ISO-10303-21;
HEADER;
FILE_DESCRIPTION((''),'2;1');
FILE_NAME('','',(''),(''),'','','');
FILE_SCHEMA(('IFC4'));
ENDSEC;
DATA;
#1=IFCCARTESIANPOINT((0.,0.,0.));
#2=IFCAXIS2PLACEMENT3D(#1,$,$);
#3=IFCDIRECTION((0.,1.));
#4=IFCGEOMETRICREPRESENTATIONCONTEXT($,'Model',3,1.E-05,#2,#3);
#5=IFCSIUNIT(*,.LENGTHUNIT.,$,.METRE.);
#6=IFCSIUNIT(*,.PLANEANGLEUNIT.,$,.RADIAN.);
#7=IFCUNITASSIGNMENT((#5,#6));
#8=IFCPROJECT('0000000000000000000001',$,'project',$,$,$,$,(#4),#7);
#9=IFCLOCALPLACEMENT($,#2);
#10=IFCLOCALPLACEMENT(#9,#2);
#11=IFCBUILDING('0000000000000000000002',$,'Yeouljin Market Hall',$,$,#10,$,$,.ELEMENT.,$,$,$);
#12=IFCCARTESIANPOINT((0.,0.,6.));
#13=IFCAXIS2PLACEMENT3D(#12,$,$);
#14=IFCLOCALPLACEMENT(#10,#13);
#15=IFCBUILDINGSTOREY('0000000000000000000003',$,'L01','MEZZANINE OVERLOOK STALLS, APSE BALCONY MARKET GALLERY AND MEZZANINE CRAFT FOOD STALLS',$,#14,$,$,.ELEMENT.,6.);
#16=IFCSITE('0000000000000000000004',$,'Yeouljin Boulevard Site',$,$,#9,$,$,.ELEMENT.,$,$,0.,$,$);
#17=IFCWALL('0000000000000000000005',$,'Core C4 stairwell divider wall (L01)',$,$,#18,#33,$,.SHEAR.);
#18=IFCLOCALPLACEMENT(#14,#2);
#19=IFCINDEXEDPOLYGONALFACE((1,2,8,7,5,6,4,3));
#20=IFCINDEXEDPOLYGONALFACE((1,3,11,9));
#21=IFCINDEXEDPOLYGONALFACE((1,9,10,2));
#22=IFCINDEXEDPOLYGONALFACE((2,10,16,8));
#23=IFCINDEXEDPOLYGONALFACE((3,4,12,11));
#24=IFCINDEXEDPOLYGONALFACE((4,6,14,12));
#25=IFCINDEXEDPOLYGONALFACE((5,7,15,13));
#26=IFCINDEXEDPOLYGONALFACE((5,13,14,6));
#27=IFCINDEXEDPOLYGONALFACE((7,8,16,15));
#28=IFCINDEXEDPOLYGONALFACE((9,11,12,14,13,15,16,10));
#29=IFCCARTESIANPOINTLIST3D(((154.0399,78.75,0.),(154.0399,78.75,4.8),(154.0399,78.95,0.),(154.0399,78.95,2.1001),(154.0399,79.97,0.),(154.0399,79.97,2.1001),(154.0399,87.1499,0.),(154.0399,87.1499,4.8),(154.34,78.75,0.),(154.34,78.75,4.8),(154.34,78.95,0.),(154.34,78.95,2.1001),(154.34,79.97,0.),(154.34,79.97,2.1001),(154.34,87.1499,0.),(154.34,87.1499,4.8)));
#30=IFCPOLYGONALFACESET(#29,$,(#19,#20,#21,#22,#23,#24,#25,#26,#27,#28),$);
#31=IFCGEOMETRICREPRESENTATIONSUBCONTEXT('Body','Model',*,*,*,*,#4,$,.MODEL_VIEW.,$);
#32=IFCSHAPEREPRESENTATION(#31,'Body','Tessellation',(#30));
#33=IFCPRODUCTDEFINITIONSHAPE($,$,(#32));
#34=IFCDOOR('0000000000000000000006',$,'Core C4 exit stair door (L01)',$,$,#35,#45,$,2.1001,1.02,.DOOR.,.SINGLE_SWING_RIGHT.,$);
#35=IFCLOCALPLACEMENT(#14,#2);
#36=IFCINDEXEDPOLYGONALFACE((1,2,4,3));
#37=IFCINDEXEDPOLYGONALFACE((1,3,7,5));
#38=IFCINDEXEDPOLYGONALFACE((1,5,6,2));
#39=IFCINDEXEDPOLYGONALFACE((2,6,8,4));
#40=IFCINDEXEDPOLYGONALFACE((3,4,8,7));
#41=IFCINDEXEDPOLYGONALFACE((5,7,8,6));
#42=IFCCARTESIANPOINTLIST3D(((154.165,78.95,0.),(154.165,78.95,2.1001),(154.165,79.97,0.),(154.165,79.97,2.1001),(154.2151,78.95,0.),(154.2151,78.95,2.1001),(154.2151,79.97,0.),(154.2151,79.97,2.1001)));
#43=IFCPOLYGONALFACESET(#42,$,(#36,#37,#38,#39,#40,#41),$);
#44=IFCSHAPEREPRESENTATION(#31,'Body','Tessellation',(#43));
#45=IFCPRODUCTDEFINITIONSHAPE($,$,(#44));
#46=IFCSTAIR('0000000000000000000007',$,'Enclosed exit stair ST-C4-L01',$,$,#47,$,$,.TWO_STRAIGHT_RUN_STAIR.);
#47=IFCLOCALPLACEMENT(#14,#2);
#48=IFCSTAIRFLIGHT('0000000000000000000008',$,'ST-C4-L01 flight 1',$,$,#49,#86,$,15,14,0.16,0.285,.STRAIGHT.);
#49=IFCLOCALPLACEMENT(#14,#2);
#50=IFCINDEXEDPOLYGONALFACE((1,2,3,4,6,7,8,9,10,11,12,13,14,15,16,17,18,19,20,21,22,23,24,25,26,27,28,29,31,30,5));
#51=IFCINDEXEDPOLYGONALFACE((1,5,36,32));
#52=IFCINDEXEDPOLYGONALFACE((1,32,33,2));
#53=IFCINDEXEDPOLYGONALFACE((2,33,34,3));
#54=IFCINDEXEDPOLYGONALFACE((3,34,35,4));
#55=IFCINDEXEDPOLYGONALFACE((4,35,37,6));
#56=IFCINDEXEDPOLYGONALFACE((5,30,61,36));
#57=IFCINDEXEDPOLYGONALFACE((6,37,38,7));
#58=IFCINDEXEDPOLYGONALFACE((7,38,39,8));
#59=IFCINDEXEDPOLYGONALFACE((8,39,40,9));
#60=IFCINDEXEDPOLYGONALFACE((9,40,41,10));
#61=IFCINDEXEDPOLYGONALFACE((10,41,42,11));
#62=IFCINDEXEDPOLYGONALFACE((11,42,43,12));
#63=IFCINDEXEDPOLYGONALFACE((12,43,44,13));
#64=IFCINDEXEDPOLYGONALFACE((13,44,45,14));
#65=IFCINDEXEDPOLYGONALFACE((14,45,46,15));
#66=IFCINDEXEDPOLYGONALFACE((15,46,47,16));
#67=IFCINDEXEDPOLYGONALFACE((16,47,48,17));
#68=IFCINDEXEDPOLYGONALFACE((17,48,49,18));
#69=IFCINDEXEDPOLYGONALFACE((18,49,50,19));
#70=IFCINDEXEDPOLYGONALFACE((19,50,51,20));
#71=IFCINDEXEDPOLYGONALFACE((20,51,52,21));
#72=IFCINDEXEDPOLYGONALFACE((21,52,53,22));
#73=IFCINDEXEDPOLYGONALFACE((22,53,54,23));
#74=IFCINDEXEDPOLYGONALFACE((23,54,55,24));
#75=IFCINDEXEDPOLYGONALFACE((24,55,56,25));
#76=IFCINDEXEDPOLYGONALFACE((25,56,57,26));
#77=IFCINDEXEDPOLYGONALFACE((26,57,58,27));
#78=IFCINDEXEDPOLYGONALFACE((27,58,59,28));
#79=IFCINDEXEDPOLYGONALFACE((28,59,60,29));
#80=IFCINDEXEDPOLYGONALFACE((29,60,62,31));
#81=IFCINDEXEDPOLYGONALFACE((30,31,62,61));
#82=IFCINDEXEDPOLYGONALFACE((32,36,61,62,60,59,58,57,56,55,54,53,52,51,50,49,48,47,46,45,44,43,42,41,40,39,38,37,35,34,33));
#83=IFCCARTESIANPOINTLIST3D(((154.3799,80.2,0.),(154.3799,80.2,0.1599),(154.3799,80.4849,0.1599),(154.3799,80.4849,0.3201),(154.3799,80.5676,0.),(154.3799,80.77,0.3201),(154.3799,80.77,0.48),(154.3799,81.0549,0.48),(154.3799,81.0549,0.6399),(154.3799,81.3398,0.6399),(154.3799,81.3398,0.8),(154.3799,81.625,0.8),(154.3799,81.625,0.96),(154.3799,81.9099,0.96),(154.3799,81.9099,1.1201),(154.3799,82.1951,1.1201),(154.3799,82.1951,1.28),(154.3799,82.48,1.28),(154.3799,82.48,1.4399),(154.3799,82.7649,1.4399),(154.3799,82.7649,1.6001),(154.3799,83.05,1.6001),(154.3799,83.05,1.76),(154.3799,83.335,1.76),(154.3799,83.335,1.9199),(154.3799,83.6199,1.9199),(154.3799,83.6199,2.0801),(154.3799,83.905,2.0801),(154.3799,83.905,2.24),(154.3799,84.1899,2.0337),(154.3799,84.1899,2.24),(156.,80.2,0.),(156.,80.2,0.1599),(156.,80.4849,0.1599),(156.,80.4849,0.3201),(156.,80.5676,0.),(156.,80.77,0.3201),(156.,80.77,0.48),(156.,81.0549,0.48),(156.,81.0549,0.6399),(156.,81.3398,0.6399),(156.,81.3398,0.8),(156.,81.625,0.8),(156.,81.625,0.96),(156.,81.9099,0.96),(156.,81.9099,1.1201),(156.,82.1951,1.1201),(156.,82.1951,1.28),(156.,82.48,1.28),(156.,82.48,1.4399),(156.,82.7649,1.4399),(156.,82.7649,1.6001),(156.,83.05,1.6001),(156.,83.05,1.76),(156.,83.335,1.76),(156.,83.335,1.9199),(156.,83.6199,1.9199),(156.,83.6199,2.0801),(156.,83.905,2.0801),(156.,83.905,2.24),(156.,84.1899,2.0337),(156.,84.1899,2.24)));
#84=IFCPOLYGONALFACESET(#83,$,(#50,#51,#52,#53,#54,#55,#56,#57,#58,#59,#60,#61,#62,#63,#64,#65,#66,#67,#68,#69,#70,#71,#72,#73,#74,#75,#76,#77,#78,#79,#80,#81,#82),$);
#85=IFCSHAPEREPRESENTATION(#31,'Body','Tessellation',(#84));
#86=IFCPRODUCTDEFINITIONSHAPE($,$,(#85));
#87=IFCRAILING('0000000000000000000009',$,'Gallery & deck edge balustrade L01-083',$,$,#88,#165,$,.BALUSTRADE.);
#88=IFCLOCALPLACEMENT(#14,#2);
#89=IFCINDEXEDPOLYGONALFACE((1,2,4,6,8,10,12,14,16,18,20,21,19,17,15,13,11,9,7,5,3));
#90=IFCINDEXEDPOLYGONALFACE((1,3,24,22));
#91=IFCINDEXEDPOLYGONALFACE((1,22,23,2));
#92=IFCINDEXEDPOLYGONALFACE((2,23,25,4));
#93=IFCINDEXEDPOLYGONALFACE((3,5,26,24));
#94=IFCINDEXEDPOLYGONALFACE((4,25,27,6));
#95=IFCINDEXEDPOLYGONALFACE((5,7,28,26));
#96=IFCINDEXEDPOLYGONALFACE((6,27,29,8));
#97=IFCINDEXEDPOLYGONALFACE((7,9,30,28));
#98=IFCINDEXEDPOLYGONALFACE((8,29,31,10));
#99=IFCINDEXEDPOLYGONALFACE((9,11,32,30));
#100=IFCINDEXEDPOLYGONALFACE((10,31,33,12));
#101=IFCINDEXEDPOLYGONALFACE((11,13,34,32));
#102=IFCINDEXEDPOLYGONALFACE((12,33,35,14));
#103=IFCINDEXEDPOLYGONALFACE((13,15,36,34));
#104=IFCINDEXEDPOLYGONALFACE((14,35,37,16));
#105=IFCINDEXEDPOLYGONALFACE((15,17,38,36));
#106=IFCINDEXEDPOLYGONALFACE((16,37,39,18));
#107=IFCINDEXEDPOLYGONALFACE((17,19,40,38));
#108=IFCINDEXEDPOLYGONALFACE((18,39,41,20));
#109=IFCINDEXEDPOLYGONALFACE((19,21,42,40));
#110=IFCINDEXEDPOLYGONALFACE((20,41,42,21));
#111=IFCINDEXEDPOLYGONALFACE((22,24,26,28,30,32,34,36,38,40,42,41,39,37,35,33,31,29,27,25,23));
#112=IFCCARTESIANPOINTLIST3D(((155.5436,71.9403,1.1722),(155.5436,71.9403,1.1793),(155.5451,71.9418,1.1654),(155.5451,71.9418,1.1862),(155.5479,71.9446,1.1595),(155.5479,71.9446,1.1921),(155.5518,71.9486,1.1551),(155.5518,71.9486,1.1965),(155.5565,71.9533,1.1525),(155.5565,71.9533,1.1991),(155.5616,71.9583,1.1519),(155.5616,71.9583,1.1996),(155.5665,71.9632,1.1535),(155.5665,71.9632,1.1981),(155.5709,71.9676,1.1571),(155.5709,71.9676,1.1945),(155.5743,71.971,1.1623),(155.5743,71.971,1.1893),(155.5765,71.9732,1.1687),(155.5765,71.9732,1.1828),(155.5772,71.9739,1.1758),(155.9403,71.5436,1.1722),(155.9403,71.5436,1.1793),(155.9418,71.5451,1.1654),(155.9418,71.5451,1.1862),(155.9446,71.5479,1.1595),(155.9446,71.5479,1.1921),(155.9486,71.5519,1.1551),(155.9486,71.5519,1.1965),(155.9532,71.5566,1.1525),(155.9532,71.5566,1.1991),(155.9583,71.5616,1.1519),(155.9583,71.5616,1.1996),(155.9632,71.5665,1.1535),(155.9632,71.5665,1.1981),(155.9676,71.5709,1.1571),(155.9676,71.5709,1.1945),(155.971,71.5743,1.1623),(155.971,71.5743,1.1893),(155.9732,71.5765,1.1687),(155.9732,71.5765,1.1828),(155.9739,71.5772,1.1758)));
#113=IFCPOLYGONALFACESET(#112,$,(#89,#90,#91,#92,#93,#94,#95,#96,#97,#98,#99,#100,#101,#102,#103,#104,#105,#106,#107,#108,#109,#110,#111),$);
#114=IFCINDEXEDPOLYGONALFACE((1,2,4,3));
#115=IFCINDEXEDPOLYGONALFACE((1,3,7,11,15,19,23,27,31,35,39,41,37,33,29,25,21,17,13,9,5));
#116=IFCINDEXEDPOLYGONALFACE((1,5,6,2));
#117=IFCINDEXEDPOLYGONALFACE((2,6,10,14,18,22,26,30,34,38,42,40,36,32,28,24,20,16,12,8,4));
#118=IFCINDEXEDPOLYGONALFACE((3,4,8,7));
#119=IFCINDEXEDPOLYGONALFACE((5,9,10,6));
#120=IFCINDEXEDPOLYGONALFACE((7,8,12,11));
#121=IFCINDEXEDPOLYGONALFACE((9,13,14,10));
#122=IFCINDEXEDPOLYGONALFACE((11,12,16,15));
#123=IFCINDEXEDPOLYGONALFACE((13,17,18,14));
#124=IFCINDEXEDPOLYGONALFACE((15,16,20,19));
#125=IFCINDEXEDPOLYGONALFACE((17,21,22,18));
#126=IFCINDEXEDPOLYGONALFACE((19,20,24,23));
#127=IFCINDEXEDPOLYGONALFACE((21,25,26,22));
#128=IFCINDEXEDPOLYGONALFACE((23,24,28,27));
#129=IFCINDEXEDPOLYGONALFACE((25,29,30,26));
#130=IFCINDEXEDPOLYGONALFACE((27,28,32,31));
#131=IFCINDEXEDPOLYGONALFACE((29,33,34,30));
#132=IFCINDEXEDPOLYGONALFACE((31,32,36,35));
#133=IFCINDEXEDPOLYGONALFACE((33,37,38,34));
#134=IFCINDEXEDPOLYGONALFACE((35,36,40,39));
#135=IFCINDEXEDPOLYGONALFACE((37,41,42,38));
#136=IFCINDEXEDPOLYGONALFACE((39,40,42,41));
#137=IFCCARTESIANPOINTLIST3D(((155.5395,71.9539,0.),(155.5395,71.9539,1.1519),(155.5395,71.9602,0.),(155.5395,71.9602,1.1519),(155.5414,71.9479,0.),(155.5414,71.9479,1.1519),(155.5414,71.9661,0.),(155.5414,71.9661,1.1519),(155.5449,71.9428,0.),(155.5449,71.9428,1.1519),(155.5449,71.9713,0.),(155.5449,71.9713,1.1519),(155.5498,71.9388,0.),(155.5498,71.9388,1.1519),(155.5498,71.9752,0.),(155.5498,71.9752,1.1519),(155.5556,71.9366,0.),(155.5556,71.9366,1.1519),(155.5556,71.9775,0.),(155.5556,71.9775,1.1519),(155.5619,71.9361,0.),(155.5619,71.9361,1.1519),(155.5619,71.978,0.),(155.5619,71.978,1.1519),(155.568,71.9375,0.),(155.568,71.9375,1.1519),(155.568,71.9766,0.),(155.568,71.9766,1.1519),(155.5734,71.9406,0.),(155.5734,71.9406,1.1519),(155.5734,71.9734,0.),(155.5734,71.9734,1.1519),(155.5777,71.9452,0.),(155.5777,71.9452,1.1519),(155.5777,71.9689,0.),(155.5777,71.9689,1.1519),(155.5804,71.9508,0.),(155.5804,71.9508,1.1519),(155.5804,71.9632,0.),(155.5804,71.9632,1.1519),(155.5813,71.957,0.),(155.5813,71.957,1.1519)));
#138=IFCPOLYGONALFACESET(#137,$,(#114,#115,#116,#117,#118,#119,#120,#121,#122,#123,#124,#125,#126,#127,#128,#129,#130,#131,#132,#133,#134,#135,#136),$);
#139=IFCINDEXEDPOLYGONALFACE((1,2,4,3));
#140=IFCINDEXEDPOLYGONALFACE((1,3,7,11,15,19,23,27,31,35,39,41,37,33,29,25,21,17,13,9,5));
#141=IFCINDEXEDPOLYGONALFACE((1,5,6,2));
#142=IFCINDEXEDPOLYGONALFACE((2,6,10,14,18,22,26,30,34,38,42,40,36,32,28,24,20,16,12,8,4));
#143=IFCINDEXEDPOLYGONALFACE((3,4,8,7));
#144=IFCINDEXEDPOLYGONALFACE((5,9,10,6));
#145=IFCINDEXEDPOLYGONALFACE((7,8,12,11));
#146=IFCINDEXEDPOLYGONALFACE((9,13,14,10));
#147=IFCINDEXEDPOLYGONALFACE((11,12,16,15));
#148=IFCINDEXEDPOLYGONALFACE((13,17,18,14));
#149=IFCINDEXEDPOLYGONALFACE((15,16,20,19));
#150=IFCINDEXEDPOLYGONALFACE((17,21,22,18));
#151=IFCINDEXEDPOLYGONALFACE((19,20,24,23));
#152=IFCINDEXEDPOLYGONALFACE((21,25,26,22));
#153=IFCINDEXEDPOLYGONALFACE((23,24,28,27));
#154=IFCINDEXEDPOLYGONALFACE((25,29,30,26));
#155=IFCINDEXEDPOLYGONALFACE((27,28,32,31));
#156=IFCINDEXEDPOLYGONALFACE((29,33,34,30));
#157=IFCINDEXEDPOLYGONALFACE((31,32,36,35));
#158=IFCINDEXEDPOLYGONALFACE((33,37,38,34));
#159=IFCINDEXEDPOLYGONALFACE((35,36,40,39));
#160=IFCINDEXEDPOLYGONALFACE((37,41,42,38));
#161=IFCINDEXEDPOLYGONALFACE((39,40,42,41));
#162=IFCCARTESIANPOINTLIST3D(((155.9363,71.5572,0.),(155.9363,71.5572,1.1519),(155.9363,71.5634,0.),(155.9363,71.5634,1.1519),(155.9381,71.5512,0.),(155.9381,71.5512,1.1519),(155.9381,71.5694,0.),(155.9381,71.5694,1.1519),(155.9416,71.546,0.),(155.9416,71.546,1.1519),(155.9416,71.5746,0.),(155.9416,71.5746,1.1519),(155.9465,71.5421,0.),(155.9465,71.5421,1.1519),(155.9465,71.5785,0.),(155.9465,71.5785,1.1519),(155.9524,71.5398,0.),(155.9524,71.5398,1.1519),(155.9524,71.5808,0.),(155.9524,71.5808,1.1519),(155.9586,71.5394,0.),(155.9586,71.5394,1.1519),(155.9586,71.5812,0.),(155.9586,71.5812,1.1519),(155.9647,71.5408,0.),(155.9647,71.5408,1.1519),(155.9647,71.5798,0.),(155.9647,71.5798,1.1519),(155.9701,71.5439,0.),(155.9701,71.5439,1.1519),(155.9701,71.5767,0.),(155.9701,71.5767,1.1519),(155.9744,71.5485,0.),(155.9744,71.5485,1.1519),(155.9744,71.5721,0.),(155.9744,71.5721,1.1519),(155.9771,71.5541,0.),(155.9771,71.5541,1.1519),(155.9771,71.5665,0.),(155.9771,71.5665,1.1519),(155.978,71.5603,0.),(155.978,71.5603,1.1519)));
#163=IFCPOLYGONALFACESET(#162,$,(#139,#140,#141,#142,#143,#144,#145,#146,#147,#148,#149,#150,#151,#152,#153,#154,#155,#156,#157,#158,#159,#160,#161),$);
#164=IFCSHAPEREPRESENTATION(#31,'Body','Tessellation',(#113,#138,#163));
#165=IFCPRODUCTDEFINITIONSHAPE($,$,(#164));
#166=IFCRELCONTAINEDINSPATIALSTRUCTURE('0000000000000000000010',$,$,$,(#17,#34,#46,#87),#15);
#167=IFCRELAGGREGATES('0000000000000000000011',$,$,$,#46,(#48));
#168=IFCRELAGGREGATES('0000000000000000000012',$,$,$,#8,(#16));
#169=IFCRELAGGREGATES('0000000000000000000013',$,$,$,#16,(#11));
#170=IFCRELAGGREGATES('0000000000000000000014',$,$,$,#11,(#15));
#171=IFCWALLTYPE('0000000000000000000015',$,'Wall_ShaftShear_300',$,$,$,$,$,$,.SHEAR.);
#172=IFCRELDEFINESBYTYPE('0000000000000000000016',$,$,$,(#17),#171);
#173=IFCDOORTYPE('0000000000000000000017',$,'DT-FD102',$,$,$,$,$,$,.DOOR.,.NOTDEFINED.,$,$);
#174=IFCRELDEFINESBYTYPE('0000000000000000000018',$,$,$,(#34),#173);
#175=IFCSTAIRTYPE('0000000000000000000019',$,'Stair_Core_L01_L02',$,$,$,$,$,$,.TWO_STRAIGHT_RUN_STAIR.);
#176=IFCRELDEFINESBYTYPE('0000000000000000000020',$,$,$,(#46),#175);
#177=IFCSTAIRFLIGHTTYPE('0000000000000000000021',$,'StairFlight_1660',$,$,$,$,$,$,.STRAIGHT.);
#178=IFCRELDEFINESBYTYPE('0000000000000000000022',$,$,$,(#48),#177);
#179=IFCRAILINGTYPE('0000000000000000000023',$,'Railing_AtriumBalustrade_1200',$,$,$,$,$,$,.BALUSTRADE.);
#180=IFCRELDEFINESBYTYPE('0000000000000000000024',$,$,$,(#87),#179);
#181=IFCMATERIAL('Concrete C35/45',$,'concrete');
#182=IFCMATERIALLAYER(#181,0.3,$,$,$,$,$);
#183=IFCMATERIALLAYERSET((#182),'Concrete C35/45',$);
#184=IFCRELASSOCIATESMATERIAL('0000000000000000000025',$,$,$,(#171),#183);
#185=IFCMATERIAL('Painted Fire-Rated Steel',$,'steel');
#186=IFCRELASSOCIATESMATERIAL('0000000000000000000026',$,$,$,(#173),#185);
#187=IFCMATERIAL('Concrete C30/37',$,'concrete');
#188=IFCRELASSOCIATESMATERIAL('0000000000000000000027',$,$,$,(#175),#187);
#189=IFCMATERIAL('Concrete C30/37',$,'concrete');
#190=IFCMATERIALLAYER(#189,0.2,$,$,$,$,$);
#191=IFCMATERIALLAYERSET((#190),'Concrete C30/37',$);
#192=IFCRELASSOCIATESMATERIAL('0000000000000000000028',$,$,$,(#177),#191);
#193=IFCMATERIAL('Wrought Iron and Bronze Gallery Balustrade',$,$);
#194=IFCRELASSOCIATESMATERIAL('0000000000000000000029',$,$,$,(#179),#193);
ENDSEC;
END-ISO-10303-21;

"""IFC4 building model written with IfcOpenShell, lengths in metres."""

from ifc_helpers import new_model, si_unit, direction, frame, frame_2d, origin, origin_2d, place, context, subcontext, project, spatial, polyline, rectangle, circle, outline, extrude, material, layer, layer_set, type_object, element, fill, aggregate, save


model = new_model("IFC4")

# Units and contexts
model_context = context("Model", 3, precision=1e-05, world=origin(), true_north=direction((0.0, 1.0)))
body_context = subcontext(model_context, "Body", "Model", "MODEL_VIEW")
ifc_project = project(units=[si_unit("LENGTHUNIT", "METRE"), si_unit("PLANEANGLEUNIT", "RADIAN")], contexts=[model_context])

# Site, building, storey
site_placement = place(None, origin())
site = spatial("IfcSite", under=ifc_project, at=site_placement, Name="Yeouljin Boulevard Site", CompositionType="ELEMENT", RefElevation=0.0)
building_placement = place(site_placement, origin())
building = spatial("IfcBuilding", under=site, at=building_placement, Name="Yeouljin Market Hall", CompositionType="ELEMENT")
storey_placement = place(building_placement, frame((0.0, 0.0, 6.0)))
storey = spatial("IfcBuildingStorey", under=building, at=storey_placement, Name="L01", Description="MEZZANINE OVERLOOK STALLS, APSE BALCONY MARKET GALLERY AND MEZZANINE CRAFT FOOD STALLS", CompositionType="ELEMENT", Elevation=6.0)

# Wall, opening, door
ifc_material_1 = material(Name="Concrete C35/45", Category="concrete")
ifc_layer_1 = layer(ifc_material_1, 0.3)
ifc_layer_set_1 = layer_set([ifc_layer_1], Name="Concrete C35/45")
wall_type_1 = type_object("IfcWallType", Name="Wall_ShaftShear_300", PredefinedType="SHEAR", material=ifc_layer_set_1)
wall_1_placement = place(storey_placement, frame((154.1899, 78.75, 0.0), z_axis=(0.0, 0.0, 1.0), x_axis=(0.0, 1.0, 0.0)))
wall_1 = element("IfcWall", 1, at=wall_1_placement, inside=storey, type_object=wall_type_1, Name="Core C4 stairwell divider wall (L01)", PredefinedType="SHEAR", context=body_context, shape_type="SweptSolid", body=[
    extrude(rectangle(XDim=8.3999, YDim=0.3, at=frame_2d((4.2, 0.0))), origin(), (0.0, 0.0, 1.0), 4.8),
])
opening_1_placement = place(wall_1_placement, frame((0.2, 0.0, 0.0)))
opening_1 = element("IfcOpeningElement", 2, at=opening_1_placement, cuts=wall_1, PredefinedType="OPENING", context=body_context, shape_type="SweptSolid", body=[
    extrude(rectangle(XDim=1.02, YDim=2.1001, at=frame_2d((0.51, 1.05))), frame((0.0, 0.1599, 0.0), z_axis=(0.0, -1.0, 0.0), x_axis=(1.0, 0.0, 0.0)), (0.0, 0.0, 1.0), 0.3201),
])
ifc_material_2 = material(Name="Painted Fire-Rated Steel", Category="steel")
door_type_1 = type_object("IfcDoorType", Name="DT-FD102", OperationType="NOTDEFINED", PredefinedType="DOOR", material=ifc_material_2)
door_1_placement = place(opening_1_placement, origin())
door_1 = element("IfcDoor", 3, at=door_1_placement, inside=storey, type_object=door_type_1, Name="Core C4 exit stair door (L01)", OperationType="SINGLE_SWING_RIGHT", OverallHeight=2.1001, OverallWidth=1.02, PredefinedType="DOOR", context=body_context, shape_type="SweptSolid", body=[
    extrude(rectangle(XDim=1.02, YDim=2.1001, at=frame_2d((0.51, 1.05))), frame((0.0, 0.0249, 0.0), z_axis=(0.0, -1.0, 0.0), x_axis=(1.0, 0.0, 0.0)), (0.0, 0.0, 1.0), 0.05),
])
fill(opening_1, door_1)

# Stair, stair flight
ifc_material_3 = material(Name="Concrete C30/37", Category="concrete")
stair_type = type_object("IfcStairType", Name="Stair_Core_L01_L02", PredefinedType="TWO_STRAIGHT_RUN_STAIR", material=ifc_material_3)
stair_placement = place(storey_placement, origin())
stair = element("IfcStair", 4, at=stair_placement, inside=storey, type_object=stair_type, Name="Enclosed exit stair ST-C4-L01", PredefinedType="TWO_STRAIGHT_RUN_STAIR")
ifc_material_4 = material(Name="Concrete C30/37", Category="concrete")
ifc_layer_2 = layer(ifc_material_4, 0.2)
ifc_layer_set_2 = layer_set([ifc_layer_2], Name="Concrete C30/37")
stair_flight_type = type_object("IfcStairFlightType", Name="StairFlight_1660", PredefinedType="STRAIGHT", material=ifc_layer_set_2)
stair_flight_placement = place(storey_placement, frame((155.1899, 80.2, 0.0), z_axis=(0.0, 0.0, 1.0), x_axis=(0.0, 1.0, 0.0)))
stair_flight = element("IfcStairFlight", 5, at=stair_flight_placement, type_object=stair_flight_type, Name="ST-C4-L01 flight 1", NumberOfRisers=15, NumberOfTreads=14, PredefinedType="STRAIGHT", RiserHeight=0.16, TreadLength=0.285, context=body_context, shape_type="SweptSolid", body=[
    extrude(outline(polyline([(0.0, 0.0), (0.0, 0.1599), (0.2849, 0.1599), (0.2849, 0.3201), (0.5701, 0.3201), (0.5701, 0.48), (0.855, 0.48), (0.855, 0.6399), (1.1399, 0.6399), (1.1399, 0.8), (1.425, 0.8), (1.425, 0.96), (1.71, 0.96), (1.71, 1.1201), (1.9951, 1.1201), (1.9951, 1.28), (2.28, 1.28), (2.28, 1.4399), (2.5649, 1.4399), (2.5649, 1.6001), (2.8501, 1.6001), (2.8501, 1.76), (3.135, 1.76), (3.135, 1.9199), (3.4199, 1.9199), (3.4199, 2.0801), (3.7051, 2.0801), (3.7051, 2.24), (3.99, 2.24), (3.99, 2.3999), (3.99, 2.0337), (0.3677, 0.0), (0.0, 0.0)])), frame((0.0, 0.8101, 0.0), z_axis=(0.0, -1.0, 0.0), x_axis=(1.0, 0.0, 0.0)), (0.0, 0.0, 1.0), 1.6201),
])
aggregate(stair, [stair_flight])

# Railing
ifc_material_5 = material(Name="Wrought Iron and Bronze Gallery Balustrade")
railing_type_1 = type_object("IfcRailingType", Name="Railing_AtriumBalustrade_1200", PredefinedType="BALUSTRADE", material=ifc_material_5)
railing_1_placement = place(storey_placement, frame((155.5603, 71.957, 0.0)))
element("IfcRailing", 6, at=railing_1_placement, inside=storey, type_object=railing_type_1, Name="Gallery & deck edge balustrade L01-083", PredefinedType="BALUSTRADE", context=body_context, shape_type="SweptSolid", body=[
    extrude(circle(Radius=0.0239, at=origin_2d()), frame((0.0, 0.0, 1.1758), z_axis=(0.707107, -0.707107, 0.0), x_axis=(0.707107, 0.707107, 0.0)), (0.0, 0.0, 1.0), 0.561),
    extrude(circle(Radius=0.021, at=origin_2d()), origin(), (0.0, 0.0, 1.0), 1.1519),
    extrude(circle(Radius=0.021, at=origin_2d()), frame((0.3967, -0.3967, 0.0)), (0.0, 0.0, 1.0), 1.1519),
])

save(model, "model.ifc")
